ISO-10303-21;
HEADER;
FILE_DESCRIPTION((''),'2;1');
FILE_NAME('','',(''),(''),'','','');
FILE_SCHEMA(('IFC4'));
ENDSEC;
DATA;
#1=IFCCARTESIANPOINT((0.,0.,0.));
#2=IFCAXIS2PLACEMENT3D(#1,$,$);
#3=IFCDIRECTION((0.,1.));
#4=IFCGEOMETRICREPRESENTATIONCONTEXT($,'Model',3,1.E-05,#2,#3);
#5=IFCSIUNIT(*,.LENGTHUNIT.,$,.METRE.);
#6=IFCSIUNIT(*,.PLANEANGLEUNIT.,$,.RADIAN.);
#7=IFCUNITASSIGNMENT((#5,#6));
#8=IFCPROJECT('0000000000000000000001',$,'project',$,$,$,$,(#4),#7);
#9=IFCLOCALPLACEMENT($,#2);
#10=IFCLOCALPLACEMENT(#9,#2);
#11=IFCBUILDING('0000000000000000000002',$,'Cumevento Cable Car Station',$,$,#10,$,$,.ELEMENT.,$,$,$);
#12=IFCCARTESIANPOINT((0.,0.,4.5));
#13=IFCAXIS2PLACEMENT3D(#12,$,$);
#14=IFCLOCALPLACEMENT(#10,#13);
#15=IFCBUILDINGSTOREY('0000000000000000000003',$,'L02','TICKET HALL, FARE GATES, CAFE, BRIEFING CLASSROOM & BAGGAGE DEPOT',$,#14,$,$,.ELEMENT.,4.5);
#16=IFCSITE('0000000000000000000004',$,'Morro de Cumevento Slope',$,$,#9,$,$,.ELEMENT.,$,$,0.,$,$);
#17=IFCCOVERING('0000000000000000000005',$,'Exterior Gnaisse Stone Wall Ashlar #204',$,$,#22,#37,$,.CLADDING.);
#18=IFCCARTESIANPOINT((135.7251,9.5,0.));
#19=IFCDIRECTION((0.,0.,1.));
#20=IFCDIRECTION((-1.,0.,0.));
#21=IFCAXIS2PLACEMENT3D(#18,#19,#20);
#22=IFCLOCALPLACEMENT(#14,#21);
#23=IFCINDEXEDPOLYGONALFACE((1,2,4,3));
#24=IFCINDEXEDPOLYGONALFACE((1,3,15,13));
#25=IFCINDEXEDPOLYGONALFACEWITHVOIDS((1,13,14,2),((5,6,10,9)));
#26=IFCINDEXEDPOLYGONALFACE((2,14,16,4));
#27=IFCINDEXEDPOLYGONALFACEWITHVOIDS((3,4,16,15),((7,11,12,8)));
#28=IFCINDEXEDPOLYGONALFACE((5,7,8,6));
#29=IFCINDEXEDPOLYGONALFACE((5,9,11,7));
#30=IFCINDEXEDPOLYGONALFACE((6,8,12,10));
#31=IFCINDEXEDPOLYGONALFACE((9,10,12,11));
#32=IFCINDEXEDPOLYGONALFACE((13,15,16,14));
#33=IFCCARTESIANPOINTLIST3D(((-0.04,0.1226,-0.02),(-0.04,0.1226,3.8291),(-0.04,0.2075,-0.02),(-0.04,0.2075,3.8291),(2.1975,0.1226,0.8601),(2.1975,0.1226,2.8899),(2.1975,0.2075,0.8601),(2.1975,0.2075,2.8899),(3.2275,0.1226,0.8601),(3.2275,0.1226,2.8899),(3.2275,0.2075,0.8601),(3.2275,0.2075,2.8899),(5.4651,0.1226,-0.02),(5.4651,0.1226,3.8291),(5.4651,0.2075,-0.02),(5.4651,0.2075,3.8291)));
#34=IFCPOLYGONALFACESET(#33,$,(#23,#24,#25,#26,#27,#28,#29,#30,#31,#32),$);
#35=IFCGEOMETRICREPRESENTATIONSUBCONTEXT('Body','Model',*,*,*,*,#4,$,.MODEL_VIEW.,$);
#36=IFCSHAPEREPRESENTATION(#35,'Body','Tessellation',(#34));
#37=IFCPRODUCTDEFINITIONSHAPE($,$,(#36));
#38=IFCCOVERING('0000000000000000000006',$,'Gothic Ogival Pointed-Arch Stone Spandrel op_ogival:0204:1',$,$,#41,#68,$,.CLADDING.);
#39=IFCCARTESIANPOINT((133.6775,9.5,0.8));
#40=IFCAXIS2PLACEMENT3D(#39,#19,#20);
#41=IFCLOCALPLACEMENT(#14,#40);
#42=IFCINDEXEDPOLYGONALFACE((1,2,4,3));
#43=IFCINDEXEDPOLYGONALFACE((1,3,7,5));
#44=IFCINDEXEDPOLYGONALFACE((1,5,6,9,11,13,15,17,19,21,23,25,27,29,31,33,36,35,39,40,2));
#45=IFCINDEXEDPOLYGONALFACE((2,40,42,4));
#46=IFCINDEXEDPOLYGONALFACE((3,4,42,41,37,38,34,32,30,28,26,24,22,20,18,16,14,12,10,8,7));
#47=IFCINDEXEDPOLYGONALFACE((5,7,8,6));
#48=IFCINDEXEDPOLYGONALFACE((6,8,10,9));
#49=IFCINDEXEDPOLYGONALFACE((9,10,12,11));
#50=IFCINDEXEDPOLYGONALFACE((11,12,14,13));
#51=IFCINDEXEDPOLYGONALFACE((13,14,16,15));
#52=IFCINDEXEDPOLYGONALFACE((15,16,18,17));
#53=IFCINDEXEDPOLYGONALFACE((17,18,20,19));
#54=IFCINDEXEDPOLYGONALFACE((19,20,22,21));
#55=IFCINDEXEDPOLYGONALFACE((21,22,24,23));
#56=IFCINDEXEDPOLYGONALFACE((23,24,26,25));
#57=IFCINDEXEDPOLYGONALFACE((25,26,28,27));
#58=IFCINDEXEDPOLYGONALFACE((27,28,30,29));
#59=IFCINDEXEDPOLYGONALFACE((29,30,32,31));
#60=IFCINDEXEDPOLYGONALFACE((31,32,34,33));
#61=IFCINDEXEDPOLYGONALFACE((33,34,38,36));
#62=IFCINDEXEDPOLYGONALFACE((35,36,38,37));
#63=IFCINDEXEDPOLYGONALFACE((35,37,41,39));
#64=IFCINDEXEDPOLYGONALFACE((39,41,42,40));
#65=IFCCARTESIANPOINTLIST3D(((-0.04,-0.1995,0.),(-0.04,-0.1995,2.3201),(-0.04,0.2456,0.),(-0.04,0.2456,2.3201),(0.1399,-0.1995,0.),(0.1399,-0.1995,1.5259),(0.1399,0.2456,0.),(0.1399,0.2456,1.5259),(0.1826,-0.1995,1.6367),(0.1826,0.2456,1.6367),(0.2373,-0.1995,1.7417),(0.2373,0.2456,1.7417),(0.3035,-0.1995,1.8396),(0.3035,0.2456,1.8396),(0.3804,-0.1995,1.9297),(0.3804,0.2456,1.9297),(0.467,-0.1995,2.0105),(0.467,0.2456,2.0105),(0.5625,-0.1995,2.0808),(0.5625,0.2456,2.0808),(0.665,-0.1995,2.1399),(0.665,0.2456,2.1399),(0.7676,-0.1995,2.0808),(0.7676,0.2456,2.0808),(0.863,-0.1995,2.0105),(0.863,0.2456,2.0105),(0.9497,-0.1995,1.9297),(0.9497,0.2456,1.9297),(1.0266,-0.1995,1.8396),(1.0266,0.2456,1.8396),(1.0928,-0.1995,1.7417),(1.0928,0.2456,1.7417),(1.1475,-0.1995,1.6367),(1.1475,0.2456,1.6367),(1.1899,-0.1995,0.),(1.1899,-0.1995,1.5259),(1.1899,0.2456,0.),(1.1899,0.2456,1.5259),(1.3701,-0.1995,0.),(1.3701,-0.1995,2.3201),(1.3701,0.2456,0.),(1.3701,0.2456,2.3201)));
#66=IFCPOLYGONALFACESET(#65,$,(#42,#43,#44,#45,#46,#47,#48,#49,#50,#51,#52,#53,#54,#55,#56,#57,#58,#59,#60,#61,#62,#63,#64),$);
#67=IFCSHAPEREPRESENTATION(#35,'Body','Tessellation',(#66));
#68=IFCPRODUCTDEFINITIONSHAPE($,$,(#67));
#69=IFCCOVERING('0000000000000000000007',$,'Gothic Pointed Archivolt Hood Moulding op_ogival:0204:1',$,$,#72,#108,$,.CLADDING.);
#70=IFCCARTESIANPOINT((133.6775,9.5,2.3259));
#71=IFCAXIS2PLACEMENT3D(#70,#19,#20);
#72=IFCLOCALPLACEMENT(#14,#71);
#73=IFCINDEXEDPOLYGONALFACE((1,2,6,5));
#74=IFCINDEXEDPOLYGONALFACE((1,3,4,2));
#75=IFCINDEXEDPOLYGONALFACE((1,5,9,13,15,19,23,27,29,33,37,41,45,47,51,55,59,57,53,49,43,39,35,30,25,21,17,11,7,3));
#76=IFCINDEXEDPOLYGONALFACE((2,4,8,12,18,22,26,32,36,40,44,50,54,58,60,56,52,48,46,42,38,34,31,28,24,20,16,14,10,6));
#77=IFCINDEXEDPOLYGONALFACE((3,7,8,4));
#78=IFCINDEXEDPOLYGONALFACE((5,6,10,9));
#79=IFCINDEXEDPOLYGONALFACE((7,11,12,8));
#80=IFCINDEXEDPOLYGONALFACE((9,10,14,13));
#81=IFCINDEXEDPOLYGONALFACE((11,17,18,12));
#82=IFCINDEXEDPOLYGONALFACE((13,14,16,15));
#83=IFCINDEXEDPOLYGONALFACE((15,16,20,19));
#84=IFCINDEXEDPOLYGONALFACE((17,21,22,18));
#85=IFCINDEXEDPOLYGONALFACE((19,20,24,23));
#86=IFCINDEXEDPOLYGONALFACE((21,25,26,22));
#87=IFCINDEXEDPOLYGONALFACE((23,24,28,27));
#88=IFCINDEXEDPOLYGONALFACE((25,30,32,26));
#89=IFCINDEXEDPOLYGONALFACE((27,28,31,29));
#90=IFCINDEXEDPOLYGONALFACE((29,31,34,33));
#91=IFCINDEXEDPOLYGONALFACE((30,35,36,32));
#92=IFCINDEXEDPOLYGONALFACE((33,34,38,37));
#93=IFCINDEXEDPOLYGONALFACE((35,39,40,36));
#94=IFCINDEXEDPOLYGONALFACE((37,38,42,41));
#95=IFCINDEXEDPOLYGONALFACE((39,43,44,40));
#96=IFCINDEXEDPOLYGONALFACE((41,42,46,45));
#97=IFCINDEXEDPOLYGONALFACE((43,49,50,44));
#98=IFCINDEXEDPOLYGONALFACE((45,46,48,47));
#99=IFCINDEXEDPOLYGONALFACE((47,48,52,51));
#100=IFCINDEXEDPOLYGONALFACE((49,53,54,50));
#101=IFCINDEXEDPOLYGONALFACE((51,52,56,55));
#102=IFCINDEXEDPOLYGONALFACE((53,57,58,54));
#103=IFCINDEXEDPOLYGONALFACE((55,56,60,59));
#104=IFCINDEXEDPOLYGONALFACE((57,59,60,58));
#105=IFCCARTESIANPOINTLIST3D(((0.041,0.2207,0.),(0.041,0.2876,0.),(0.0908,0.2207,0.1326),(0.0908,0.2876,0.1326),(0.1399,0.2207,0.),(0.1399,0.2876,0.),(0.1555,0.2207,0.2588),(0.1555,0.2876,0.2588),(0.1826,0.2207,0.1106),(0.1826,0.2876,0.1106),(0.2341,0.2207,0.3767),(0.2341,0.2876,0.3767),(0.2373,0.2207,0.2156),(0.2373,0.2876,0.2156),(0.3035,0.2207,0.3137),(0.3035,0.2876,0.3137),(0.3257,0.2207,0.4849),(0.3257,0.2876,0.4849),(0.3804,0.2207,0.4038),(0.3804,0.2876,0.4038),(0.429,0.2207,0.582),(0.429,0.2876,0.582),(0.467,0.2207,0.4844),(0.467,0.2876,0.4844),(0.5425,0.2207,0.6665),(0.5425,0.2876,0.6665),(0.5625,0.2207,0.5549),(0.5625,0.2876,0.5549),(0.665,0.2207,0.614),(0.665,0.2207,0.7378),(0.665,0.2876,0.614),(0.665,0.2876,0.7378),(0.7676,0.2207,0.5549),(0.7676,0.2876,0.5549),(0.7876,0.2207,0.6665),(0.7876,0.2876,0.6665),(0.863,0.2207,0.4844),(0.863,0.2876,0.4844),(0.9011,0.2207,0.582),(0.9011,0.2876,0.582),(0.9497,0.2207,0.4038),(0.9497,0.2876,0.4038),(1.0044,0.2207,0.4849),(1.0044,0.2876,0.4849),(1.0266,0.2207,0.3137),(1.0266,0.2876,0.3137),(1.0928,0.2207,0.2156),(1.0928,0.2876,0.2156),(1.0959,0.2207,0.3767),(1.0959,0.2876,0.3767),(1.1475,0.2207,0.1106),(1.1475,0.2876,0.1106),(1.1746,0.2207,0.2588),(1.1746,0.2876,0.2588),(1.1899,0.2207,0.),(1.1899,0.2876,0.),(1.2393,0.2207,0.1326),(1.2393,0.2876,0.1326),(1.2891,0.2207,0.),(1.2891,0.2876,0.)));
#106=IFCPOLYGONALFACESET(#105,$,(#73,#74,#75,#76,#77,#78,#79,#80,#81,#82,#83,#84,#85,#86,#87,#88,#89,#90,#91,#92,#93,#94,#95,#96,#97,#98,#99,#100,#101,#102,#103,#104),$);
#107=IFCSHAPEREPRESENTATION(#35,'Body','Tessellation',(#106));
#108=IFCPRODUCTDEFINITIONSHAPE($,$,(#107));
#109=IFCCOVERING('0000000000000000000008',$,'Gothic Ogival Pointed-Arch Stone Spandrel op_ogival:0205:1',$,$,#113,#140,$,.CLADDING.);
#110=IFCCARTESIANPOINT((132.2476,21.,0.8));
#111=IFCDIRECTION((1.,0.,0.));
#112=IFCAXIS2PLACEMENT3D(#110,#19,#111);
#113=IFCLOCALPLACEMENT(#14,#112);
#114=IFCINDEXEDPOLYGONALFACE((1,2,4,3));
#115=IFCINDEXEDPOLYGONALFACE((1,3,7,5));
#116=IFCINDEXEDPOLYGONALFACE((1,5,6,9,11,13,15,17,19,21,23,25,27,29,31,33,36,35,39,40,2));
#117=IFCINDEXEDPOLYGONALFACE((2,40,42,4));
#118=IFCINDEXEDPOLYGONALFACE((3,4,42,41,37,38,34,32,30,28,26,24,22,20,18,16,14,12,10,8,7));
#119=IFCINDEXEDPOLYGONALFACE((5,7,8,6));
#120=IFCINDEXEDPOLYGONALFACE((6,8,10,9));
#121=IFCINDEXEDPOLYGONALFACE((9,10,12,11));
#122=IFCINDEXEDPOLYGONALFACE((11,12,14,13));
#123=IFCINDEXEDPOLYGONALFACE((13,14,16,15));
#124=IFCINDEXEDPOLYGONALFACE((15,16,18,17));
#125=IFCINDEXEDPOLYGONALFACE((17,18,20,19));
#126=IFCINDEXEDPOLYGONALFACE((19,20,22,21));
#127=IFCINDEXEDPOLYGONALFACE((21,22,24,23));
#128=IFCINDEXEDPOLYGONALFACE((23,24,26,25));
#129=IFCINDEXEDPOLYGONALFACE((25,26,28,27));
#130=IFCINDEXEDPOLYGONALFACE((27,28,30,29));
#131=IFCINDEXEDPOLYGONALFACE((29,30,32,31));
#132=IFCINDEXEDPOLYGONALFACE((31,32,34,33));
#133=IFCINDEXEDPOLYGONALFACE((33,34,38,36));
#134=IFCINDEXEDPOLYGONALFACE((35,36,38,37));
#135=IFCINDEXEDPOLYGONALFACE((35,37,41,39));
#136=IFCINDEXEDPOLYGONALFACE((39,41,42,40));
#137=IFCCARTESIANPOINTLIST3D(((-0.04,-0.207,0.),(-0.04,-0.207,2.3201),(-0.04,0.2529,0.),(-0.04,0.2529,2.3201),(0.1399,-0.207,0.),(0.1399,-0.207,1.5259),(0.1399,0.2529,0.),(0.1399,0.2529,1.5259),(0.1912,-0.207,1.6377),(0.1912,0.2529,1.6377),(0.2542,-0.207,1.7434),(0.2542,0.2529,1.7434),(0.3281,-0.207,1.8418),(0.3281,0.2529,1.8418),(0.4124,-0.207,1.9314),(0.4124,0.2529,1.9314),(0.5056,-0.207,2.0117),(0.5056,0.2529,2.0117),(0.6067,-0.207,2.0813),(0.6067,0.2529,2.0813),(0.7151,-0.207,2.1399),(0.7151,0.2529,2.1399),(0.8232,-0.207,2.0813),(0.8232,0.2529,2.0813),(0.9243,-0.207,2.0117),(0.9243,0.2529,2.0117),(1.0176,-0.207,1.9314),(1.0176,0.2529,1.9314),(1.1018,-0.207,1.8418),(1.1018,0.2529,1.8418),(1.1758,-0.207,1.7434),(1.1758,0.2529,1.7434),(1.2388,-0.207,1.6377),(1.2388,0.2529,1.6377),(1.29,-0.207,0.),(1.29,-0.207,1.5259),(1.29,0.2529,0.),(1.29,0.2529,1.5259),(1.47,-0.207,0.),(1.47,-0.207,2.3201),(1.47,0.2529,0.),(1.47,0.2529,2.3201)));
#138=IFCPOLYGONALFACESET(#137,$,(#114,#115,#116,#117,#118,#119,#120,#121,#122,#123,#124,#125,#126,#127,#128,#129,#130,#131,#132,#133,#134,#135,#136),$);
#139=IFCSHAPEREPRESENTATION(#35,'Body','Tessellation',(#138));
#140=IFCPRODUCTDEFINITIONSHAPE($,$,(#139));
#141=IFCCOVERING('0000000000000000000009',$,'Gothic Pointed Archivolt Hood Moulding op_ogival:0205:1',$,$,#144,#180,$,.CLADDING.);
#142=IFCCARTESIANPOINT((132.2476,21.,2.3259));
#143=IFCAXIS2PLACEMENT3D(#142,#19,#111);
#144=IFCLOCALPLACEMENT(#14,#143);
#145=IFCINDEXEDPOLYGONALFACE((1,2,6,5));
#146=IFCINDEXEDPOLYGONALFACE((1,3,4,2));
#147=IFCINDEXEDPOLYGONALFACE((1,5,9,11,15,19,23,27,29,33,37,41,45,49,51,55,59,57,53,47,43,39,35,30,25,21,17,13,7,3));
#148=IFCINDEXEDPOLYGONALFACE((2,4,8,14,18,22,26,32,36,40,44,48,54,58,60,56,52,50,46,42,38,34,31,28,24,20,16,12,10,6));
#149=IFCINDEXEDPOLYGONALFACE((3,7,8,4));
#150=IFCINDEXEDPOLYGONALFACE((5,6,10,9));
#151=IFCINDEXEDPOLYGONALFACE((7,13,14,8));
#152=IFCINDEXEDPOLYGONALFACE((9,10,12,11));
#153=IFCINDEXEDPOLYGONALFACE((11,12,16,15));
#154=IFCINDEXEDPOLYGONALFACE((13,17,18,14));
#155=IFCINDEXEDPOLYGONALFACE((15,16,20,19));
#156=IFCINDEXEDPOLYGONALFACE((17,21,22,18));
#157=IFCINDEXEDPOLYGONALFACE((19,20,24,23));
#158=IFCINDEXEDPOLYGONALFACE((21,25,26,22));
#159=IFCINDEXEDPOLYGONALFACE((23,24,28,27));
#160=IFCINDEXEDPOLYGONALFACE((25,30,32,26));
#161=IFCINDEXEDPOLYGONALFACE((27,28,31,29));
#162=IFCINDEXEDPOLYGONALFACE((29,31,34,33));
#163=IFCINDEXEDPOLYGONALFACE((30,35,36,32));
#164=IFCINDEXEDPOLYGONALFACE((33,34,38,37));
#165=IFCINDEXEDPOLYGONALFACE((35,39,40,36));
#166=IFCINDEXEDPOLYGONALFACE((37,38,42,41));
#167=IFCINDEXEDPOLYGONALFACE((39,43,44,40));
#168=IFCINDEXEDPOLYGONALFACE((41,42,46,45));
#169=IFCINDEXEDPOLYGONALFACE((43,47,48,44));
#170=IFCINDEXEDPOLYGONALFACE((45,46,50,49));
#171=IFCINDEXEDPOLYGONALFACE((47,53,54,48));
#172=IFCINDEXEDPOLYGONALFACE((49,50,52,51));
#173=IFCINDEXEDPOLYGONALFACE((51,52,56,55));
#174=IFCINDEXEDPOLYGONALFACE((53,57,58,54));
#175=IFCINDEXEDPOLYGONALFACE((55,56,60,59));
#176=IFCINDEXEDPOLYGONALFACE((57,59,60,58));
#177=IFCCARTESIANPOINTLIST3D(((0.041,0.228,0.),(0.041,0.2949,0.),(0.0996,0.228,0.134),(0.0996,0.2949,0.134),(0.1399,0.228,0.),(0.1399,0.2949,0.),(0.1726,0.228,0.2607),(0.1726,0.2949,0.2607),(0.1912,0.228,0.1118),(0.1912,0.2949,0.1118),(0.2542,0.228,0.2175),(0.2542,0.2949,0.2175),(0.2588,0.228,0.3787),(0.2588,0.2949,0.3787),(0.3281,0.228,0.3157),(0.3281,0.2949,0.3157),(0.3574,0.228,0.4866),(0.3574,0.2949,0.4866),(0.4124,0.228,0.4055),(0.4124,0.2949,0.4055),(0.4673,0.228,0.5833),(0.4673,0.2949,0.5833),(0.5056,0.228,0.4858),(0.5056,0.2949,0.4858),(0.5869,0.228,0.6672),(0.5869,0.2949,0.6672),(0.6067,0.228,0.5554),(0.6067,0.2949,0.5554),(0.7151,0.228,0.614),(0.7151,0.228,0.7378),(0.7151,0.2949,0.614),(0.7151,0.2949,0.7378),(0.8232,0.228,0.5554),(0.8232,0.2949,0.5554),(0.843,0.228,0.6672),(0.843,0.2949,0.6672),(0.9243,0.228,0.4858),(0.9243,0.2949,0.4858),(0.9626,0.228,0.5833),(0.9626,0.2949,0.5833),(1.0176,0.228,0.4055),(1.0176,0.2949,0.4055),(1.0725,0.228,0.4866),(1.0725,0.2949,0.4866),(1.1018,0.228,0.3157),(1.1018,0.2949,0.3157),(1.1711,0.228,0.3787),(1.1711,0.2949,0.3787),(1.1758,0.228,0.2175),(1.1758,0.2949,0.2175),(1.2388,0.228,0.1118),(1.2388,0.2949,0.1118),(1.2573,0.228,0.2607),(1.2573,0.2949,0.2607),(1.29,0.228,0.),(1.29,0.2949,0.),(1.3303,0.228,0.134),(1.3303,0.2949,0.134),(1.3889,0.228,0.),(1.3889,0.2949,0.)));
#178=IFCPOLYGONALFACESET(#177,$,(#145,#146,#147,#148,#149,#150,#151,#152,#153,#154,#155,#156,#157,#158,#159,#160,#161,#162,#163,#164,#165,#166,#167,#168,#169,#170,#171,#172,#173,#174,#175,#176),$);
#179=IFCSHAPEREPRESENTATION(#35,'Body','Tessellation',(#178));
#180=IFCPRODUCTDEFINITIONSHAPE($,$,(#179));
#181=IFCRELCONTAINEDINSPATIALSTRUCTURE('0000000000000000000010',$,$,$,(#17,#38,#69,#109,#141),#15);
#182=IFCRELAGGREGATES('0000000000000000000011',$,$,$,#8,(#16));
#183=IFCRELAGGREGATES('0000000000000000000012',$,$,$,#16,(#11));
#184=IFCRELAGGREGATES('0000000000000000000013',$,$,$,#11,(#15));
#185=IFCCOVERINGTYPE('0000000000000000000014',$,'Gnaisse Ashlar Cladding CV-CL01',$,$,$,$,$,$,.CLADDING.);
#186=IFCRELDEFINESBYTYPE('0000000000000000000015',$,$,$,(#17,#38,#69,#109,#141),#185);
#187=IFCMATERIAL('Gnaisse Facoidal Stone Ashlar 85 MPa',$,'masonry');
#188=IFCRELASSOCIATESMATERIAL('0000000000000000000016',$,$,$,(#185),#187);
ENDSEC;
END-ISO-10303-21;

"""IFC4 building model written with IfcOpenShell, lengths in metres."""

from ifc_helpers import new_model, si_unit, direction, frame, origin, place, context, subcontext, project, spatial, polyline, outline, extrude, material, type_object, element, save


model = new_model("IFC4")

# Units and contexts
model_context = context("Model", 3, precision=1e-05, world=origin(), true_north=direction((0.0, 1.0)))
body_context = subcontext(model_context, "Body", "Model", "MODEL_VIEW")
ifc_project = project(units=[si_unit("LENGTHUNIT", "METRE"), si_unit("PLANEANGLEUNIT", "RADIAN")], contexts=[model_context])

# Site, building, storey
site_placement = place(None, origin())
site = spatial("IfcSite", under=ifc_project, at=site_placement, Name="Morro de Cumevento Slope", CompositionType="ELEMENT", RefElevation=0.0)
building_placement = place(site_placement, origin())
building = spatial("IfcBuilding", under=site, at=building_placement, Name="Cumevento Cable Car Station", CompositionType="ELEMENT")
storey_placement = place(building_placement, frame((0.0, 0.0, 4.5)))
storey = spatial("IfcBuildingStorey", under=building, at=storey_placement, Name="L02", Description="TICKET HALL, FARE GATES, CAFE, BRIEFING CLASSROOM & BAGGAGE DEPOT", CompositionType="ELEMENT", Elevation=4.5)

# Coverings
ifc_material_1 = material(Name="Gnaisse Facoidal Stone Ashlar 85 MPa", Category="masonry")
covering_type = type_object("IfcCoveringType", Name="Gnaisse Ashlar Cladding CV-CL01", PredefinedType="CLADDING", material=ifc_material_1)
covering_1_placement = place(storey_placement, frame((135.7251, 9.5, 0.0), z_axis=(0.0, 0.0, 1.0), x_axis=(-1.0, 0.0, 0.0)))
element("IfcCovering", 1, at=covering_1_placement, inside=storey, type_object=covering_type, Name="Exterior Gnaisse Stone Wall Ashlar #204", PredefinedType="CLADDING", context=body_context, shape_type="SweptSolid", body=[
    extrude(outline(polyline([(-0.04, -0.02), (5.4651, -0.02), (5.4651, 3.8291), (-0.04, 3.8291), (-0.04, -0.02)]), holes=[polyline([(2.1975, 0.8601), (3.2275, 0.8601), (3.2275, 2.8899), (2.1975, 2.8899), (2.1975, 0.8601)])]), frame((0.0, 0.2075, 0.0), z_axis=(0.0, -1.0, 0.0), x_axis=(1.0, 0.0, 0.0)), (0.0, 0.0, 1.0), 0.085),
])
covering_2_placement = place(storey_placement, frame((133.6775, 9.5, 0.8), z_axis=(0.0, 0.0, 1.0), x_axis=(-1.0, 0.0, 0.0)))
element("IfcCovering", 2, at=covering_2_placement, inside=storey, type_object=covering_type, Name="Gothic Ogival Pointed-Arch Stone Spandrel op_ogival:0204:1", PredefinedType="CLADDING", context=body_context, shape_type="SweptSolid", body=[
    extrude(outline(polyline([(-0.04, 0.0), (-0.04, 2.3201), (1.3701, 2.3201), (1.3701, 0.0), (1.1899, 0.0), (1.1899, 1.5259), (1.1475, 1.6367), (1.0928, 1.7417), (1.0266, 1.8396), (0.9497, 1.9297), (0.863, 2.0105), (0.7676, 2.0808), (0.665, 2.1399), (0.5625, 2.0808), (0.467, 2.0105), (0.3804, 1.9297), (0.3035, 1.8396), (0.2373, 1.7417), (0.1826, 1.6367), (0.1399, 1.5259), (0.1399, 0.0), (-0.04, 0.0)])), frame((0.0, 0.2456, 0.0), z_axis=(0.0, -1.0, 0.0), x_axis=(1.0, 0.0, 0.0)), (0.0, 0.0, 1.0), 0.4451),
])
covering_3_placement = place(storey_placement, frame((133.6775, 9.5, 2.3259), z_axis=(0.0, 0.0, 1.0), x_axis=(-1.0, 0.0, 0.0)))
element("IfcCovering", 3, at=covering_3_placement, inside=storey, type_object=covering_type, Name="Gothic Pointed Archivolt Hood Moulding op_ogival:0204:1", PredefinedType="CLADDING", context=body_context, shape_type="SweptSolid", body=[
    extrude(outline(polyline([(0.1399, 0.0), (0.1826, 0.1106), (0.2373, 0.2156), (0.3035, 0.3137), (0.3804, 0.4038), (0.467, 0.4844), (0.5625, 0.5549), (0.665, 0.614), (0.7676, 0.5549), (0.863, 0.4844), (0.9497, 0.4038), (1.0266, 0.3137), (1.0928, 0.2156), (1.1475, 0.1106), (1.1899, 0.0), (1.2891, 0.0), (1.2393, 0.1326), (1.1746, 0.2588), (1.0959, 0.3767), (1.0044, 0.4849), (0.9011, 0.582), (0.7876, 0.6665), (0.665, 0.7378), (0.5425, 0.6665), (0.429, 0.582), (0.3257, 0.4849), (0.2341, 0.3767), (0.1555, 0.2588), (0.0908, 0.1326), (0.041, 0.0), (0.1399, 0.0)])), frame((0.0, 0.2876, 0.0), z_axis=(0.0, -1.0, 0.0), x_axis=(1.0, 0.0, 0.0)), (0.0, 0.0, 1.0), 0.0669),
])
covering_4_placement = place(storey_placement, frame((132.2476, 21.0, 0.8), z_axis=(0.0, 0.0, 1.0), x_axis=(1.0, 0.0, 0.0)))
element("IfcCovering", 4, at=covering_4_placement, inside=storey, type_object=covering_type, Name="Gothic Ogival Pointed-Arch Stone Spandrel op_ogival:0205:1", PredefinedType="CLADDING", context=body_context, shape_type="SweptSolid", body=[
    extrude(outline(polyline([(-0.04, 0.0), (-0.04, 2.3201), (1.47, 2.3201), (1.47, 0.0), (1.29, 0.0), (1.29, 1.5259), (1.2388, 1.6377), (1.1758, 1.7434), (1.1018, 1.8418), (1.0176, 1.9314), (0.9243, 2.0117), (0.8232, 2.0813), (0.7151, 2.1399), (0.6067, 2.0813), (0.5056, 2.0117), (0.4124, 1.9314), (0.3281, 1.8418), (0.2542, 1.7434), (0.1912, 1.6377), (0.1399, 1.5259), (0.1399, 0.0), (-0.04, 0.0)])), frame((0.0, 0.2529, 0.0), z_axis=(0.0, -1.0, 0.0), x_axis=(1.0, 0.0, 0.0)), (0.0, 0.0, 1.0), 0.46),
])
covering_5_placement = place(storey_placement, frame((132.2476, 21.0, 2.3259), z_axis=(0.0, 0.0, 1.0), x_axis=(1.0, 0.0, 0.0)))
element("IfcCovering", 5, at=covering_5_placement, inside=storey, type_object=covering_type, Name="Gothic Pointed Archivolt Hood Moulding op_ogival:0205:1", PredefinedType="CLADDING", context=body_context, shape_type="SweptSolid", body=[
    extrude(outline(polyline([(0.1399, 0.0), (0.1912, 0.1118), (0.2542, 0.2175), (0.3281, 0.3157), (0.4124, 0.4055), (0.5056, 0.4858), (0.6067, 0.5554), (0.7151, 0.614), (0.8232, 0.5554), (0.9243, 0.4858), (1.0176, 0.4055), (1.1018, 0.3157), (1.1758, 0.2175), (1.2388, 0.1118), (1.29, 0.0), (1.3889, 0.0), (1.3303, 0.134), (1.2573, 0.2607), (1.1711, 0.3787), (1.0725, 0.4866), (0.9626, 0.5833), (0.843, 0.6672), (0.7151, 0.7378), (0.5869, 0.6672), (0.4673, 0.5833), (0.3574, 0.4866), (0.2588, 0.3787), (0.1726, 0.2607), (0.0996, 0.134), (0.041, 0.0), (0.1399, 0.0)])), frame((0.0, 0.2949, 0.0), z_axis=(0.0, -1.0, 0.0), x_axis=(1.0, 0.0, 0.0)), (0.0, 0.0, 1.0), 0.0669),
])

save(model, "model.ifc")
